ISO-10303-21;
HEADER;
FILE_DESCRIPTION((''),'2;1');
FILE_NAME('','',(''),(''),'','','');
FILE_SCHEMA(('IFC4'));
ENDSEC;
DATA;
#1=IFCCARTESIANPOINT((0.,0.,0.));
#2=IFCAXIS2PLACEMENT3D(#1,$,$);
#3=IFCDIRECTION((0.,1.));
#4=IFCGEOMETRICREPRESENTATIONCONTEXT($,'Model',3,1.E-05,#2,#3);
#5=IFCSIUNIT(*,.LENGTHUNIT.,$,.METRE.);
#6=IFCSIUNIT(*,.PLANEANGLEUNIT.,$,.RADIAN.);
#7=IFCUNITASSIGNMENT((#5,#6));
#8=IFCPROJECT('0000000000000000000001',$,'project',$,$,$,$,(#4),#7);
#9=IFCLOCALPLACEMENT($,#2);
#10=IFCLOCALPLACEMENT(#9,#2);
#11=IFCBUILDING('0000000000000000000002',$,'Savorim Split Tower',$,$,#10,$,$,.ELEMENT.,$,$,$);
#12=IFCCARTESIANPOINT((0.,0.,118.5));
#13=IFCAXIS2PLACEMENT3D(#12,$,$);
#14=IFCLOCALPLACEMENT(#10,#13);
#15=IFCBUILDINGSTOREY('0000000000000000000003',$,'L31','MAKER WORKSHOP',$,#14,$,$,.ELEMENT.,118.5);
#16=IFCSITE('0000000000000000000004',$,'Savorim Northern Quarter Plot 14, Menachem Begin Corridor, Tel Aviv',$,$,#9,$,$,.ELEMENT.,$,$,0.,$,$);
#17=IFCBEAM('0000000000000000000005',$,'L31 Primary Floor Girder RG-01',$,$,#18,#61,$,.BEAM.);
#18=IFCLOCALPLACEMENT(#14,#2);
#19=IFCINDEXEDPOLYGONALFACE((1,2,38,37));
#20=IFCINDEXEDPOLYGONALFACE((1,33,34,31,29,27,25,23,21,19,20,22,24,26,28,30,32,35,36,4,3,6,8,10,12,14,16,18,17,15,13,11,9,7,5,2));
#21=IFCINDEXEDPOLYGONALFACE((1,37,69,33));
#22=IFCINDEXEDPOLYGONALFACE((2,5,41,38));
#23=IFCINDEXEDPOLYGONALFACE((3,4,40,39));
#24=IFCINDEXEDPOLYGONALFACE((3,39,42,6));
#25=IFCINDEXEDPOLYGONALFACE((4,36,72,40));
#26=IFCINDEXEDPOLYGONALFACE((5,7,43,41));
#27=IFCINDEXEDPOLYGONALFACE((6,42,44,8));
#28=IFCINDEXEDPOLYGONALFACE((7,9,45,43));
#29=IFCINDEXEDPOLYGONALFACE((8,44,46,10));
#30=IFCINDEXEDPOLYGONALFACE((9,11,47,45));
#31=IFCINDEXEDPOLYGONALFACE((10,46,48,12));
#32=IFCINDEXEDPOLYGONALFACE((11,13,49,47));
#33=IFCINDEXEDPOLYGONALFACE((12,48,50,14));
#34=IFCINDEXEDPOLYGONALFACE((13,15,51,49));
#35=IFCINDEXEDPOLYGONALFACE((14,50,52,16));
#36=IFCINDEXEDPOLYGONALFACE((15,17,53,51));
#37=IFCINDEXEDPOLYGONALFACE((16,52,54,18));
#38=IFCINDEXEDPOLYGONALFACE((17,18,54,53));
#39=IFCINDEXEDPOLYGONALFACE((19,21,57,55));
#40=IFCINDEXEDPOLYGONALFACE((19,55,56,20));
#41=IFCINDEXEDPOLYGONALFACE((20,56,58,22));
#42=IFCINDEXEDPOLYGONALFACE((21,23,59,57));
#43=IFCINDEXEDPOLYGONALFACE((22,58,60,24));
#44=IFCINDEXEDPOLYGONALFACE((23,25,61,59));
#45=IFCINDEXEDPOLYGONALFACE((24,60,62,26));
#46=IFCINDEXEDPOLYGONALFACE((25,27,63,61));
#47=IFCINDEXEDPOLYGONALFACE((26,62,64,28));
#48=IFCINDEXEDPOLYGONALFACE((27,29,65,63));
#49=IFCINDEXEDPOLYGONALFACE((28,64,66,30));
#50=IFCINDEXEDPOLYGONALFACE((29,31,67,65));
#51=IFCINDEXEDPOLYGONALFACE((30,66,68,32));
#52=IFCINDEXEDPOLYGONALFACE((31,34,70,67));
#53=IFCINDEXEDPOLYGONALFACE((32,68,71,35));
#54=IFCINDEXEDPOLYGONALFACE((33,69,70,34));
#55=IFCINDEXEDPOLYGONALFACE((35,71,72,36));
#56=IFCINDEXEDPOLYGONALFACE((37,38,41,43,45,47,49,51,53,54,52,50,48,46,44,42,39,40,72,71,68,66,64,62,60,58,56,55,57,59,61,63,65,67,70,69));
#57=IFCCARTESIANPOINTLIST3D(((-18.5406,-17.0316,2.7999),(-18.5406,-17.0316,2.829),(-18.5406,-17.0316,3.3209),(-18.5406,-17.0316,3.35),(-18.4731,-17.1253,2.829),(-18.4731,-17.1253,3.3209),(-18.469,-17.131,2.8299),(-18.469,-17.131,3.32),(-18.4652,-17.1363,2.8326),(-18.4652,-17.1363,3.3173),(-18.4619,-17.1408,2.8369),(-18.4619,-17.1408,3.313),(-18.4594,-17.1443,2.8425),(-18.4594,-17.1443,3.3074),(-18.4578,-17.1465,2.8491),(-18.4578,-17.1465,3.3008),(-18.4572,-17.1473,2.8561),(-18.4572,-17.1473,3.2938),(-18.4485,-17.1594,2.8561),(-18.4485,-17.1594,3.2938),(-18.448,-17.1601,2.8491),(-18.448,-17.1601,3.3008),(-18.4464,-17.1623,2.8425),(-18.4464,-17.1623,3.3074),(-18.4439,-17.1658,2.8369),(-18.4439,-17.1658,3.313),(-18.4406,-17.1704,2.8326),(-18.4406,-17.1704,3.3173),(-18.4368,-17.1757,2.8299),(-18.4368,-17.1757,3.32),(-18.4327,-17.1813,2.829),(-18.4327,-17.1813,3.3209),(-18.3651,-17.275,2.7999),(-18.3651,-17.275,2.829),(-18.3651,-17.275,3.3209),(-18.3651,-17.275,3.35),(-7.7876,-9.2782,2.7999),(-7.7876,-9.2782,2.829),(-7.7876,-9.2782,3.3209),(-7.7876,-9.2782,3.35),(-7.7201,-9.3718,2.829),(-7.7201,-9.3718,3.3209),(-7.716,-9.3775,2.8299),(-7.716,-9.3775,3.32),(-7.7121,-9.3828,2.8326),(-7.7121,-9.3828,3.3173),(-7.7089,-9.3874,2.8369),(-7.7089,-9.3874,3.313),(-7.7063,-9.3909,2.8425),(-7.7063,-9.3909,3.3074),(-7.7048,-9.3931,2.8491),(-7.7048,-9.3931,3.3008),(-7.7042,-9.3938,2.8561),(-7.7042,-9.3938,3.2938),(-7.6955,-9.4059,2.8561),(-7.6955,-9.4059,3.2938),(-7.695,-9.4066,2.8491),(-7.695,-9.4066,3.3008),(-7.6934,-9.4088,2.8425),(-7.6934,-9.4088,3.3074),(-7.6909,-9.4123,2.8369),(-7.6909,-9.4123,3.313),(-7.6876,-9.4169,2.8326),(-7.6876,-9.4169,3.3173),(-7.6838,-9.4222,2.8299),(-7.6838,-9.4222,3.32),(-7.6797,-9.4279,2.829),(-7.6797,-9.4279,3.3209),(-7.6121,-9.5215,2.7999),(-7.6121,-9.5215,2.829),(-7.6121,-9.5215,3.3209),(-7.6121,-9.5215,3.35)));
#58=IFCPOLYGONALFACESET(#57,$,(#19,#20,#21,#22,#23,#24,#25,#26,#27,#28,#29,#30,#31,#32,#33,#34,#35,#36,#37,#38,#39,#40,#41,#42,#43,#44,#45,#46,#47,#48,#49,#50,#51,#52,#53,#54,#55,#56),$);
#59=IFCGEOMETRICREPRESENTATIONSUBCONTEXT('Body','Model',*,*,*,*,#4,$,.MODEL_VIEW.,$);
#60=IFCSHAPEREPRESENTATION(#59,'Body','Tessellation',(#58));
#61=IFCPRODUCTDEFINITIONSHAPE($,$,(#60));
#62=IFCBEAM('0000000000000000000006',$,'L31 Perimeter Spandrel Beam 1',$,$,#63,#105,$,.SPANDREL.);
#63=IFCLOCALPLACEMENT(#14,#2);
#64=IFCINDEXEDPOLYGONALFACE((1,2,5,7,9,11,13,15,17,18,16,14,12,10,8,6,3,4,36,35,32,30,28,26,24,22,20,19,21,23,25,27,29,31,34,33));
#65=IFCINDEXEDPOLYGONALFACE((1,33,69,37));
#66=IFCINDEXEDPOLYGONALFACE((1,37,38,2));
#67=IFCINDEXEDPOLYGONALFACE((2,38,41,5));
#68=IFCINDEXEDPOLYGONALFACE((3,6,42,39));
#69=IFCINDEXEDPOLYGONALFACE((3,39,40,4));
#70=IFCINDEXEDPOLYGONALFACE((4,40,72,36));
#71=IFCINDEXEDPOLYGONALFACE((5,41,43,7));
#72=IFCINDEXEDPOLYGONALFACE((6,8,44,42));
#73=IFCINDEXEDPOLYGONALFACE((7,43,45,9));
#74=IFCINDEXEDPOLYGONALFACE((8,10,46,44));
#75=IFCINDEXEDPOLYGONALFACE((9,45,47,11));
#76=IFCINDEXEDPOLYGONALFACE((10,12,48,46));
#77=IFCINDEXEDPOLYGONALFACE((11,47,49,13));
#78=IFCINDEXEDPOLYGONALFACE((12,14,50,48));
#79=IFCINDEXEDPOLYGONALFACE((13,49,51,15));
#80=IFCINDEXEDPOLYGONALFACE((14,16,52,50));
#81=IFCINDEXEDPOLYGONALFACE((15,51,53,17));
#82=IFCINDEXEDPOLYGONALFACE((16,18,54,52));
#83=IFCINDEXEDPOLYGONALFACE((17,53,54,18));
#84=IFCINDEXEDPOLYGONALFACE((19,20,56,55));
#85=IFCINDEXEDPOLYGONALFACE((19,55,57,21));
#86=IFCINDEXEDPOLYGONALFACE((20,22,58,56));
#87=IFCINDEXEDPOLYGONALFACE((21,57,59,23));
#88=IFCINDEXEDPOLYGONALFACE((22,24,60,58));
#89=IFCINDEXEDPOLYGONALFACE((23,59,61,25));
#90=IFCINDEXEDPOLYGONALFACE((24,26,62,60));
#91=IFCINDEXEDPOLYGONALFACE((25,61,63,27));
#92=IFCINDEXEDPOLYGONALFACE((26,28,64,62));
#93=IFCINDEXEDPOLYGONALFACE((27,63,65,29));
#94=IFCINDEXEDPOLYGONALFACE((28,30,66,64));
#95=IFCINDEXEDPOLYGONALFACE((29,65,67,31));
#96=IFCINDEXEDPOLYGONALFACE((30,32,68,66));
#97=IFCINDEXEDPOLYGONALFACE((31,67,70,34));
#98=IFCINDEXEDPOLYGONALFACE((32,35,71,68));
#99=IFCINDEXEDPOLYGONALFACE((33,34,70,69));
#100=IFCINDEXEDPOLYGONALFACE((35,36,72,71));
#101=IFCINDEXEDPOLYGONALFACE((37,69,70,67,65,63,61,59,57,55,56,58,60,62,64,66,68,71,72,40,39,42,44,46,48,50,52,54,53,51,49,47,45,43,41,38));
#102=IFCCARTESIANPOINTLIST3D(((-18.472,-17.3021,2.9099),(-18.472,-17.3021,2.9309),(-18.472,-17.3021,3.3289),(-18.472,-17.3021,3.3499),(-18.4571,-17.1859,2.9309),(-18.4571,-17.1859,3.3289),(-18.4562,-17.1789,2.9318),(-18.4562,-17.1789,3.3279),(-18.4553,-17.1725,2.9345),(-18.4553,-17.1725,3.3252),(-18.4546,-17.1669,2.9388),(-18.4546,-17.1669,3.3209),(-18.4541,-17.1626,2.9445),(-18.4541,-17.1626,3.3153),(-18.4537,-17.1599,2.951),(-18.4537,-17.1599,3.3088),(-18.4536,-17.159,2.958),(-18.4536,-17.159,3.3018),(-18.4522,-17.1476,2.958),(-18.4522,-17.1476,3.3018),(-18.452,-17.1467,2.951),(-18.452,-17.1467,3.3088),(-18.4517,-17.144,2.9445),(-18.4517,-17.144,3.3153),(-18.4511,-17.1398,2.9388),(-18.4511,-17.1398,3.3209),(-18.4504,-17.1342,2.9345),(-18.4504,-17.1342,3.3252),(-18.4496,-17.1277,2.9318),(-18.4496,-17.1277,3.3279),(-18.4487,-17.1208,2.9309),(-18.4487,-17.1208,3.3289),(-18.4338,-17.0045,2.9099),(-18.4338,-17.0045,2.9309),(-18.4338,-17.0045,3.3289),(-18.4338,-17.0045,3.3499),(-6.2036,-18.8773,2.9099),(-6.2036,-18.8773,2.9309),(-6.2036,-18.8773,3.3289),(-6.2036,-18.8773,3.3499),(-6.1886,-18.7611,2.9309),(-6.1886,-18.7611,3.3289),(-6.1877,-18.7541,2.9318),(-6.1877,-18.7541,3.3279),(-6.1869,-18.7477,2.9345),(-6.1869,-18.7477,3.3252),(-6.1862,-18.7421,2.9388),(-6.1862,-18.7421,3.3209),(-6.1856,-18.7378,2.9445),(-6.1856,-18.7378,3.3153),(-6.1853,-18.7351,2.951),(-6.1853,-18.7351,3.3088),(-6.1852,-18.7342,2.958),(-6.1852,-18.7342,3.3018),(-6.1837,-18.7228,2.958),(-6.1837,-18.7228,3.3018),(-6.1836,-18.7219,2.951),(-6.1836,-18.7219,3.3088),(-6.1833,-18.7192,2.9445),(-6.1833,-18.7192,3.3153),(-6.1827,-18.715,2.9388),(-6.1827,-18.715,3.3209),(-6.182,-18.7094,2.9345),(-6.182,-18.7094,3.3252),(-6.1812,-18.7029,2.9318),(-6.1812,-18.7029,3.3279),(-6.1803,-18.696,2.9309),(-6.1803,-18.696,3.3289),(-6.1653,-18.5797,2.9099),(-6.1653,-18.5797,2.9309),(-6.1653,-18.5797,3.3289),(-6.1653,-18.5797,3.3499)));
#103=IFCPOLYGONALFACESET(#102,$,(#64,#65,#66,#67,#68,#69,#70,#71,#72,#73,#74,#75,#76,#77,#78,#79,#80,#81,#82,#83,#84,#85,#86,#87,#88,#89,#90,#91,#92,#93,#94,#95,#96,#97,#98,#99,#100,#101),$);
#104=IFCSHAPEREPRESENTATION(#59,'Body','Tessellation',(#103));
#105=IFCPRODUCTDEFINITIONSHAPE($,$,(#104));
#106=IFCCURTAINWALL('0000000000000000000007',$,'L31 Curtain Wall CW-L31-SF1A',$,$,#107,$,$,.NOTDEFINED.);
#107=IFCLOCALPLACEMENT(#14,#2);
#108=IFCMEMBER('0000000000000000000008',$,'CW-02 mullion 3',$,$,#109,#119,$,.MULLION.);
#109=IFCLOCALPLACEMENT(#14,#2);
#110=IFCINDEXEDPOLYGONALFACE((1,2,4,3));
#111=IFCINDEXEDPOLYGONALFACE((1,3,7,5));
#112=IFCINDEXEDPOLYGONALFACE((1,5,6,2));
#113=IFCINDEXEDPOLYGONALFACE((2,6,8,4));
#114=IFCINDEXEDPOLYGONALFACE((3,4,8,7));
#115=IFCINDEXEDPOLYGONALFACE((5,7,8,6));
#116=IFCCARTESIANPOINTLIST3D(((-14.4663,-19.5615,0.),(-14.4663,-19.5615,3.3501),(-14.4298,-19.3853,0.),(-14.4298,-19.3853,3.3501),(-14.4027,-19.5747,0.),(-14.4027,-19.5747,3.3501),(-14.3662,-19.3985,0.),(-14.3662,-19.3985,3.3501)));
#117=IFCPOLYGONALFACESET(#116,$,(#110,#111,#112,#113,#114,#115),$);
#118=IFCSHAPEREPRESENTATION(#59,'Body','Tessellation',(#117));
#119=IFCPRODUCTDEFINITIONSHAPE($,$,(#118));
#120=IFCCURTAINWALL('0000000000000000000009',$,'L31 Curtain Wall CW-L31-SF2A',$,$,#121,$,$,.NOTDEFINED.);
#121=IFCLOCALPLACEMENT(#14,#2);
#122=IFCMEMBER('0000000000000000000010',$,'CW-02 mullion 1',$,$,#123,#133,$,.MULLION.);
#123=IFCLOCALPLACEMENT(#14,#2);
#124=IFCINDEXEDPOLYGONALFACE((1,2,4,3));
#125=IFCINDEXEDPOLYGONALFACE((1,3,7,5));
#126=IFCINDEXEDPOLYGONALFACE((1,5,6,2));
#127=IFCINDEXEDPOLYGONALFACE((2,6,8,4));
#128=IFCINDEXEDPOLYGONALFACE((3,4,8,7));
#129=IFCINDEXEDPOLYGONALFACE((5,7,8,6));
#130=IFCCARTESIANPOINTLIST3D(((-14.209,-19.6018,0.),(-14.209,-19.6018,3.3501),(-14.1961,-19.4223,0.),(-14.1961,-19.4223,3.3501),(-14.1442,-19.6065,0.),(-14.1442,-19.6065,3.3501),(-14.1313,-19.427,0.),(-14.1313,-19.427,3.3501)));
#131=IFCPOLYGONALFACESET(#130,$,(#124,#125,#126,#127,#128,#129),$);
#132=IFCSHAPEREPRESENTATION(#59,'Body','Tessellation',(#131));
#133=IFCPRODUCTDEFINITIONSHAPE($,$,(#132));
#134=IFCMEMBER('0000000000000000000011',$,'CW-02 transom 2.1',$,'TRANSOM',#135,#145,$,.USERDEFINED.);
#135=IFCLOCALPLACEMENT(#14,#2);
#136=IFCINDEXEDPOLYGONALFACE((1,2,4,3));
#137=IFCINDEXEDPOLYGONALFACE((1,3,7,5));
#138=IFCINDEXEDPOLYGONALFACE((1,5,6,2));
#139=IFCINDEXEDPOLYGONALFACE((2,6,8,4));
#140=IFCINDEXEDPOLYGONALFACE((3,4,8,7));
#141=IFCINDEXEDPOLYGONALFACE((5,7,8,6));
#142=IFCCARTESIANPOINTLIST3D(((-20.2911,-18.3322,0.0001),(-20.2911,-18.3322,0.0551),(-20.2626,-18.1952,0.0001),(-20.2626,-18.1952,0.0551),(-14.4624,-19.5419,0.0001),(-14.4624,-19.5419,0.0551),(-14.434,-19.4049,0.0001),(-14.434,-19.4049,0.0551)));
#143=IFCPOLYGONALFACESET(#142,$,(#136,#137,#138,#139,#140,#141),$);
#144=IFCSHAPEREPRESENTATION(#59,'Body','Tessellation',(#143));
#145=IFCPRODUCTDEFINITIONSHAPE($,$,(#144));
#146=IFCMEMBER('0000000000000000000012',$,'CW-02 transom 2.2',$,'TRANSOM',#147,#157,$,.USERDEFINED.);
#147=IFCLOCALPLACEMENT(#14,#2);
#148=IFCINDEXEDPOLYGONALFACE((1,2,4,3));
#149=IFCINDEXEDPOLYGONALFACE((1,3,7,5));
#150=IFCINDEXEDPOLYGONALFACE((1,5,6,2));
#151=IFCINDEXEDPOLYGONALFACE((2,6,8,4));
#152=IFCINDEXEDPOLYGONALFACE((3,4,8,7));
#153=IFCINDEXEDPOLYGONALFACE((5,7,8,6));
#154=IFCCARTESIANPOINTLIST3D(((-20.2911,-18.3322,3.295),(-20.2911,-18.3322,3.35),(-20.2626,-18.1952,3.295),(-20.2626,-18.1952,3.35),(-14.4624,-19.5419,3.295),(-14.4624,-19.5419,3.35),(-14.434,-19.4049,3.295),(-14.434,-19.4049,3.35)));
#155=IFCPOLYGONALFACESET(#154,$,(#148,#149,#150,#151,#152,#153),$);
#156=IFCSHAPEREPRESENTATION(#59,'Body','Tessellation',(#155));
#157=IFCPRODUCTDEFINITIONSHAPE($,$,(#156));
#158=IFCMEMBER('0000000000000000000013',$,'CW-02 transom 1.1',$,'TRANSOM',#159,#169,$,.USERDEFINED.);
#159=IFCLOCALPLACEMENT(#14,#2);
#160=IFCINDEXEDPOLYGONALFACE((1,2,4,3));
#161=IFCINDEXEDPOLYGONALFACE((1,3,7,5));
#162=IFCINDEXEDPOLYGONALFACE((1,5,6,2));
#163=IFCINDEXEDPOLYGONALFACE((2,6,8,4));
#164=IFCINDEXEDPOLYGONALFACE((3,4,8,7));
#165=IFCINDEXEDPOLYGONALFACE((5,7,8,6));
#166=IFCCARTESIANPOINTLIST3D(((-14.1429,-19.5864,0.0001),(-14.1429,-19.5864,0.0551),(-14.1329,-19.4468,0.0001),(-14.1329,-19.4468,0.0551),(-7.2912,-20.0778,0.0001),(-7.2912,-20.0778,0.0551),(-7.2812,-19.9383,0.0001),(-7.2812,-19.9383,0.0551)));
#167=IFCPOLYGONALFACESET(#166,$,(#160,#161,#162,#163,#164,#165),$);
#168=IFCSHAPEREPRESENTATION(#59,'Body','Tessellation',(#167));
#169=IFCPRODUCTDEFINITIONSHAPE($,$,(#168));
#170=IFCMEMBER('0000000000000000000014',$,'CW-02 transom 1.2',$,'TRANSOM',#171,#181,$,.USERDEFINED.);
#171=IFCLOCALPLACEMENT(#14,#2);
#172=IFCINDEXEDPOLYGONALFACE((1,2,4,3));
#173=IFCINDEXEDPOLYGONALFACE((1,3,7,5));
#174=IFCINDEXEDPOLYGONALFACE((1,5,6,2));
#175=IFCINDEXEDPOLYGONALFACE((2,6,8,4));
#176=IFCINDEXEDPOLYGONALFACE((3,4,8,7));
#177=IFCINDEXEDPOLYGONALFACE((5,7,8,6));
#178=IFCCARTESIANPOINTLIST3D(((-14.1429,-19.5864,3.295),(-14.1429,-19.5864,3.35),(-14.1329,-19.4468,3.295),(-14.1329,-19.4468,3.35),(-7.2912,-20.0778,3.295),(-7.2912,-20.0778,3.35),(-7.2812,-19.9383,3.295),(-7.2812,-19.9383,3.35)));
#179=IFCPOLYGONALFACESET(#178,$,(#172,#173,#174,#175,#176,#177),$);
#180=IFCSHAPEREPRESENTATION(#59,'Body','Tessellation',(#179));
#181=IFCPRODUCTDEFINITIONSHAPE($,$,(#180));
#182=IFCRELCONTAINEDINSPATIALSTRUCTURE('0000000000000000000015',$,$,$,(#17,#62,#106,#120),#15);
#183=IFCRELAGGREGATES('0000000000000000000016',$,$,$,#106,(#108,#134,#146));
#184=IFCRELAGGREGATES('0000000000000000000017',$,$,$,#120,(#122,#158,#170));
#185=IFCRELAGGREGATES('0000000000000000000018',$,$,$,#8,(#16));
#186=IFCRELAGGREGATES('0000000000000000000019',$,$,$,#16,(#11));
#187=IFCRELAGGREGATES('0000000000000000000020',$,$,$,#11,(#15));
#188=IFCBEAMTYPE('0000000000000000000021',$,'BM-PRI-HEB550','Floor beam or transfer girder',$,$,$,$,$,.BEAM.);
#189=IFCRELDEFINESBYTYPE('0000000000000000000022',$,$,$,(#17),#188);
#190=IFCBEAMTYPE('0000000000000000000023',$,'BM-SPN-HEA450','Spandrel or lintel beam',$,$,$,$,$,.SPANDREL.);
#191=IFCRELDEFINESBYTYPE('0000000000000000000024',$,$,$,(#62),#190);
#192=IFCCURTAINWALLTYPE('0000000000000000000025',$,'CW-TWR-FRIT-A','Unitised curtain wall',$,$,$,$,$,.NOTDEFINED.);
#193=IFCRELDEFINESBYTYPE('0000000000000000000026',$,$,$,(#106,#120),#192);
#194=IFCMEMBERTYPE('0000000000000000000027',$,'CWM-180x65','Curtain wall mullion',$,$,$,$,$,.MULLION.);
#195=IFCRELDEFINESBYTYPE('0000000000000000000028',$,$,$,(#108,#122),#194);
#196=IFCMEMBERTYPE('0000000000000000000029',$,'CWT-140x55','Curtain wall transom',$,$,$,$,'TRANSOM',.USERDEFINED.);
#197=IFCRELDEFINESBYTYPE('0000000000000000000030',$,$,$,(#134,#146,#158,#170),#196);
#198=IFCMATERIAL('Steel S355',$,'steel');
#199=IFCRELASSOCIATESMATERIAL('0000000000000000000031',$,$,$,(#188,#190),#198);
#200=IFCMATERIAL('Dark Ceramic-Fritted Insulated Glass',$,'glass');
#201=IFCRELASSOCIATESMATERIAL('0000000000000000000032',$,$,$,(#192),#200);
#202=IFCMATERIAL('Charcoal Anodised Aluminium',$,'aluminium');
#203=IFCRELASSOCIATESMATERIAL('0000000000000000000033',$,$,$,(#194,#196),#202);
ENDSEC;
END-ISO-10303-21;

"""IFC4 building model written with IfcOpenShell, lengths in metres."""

from ifc_helpers import new_model, si_unit, direction, frame, origin, origin_2d, place, context, subcontext, project, spatial, rectangle, i_section, extrude, material, material_profile, profile_set, type_object, element, aggregate, save


model = new_model("IFC4")

# Units and contexts
model_context = context("Model", 3, precision=1e-05, world=origin(), true_north=direction((0.0, 1.0)))
body_context = subcontext(model_context, "Body", "Model", "MODEL_VIEW")
ifc_project = project(units=[si_unit("LENGTHUNIT", "METRE"), si_unit("PLANEANGLEUNIT", "RADIAN")], contexts=[model_context])

# Site, building, storey
site_placement = place(None, origin())
site = spatial("IfcSite", under=ifc_project, at=site_placement, Name="Savorim Northern Quarter Plot 14, Menachem Begin Corridor, Tel Aviv", CompositionType="ELEMENT", RefElevation=0.0)
building_placement = place(site_placement, origin())
building = spatial("IfcBuilding", under=site, at=building_placement, Name="Savorim Split Tower", CompositionType="ELEMENT")
storey_placement = place(building_placement, frame((0.0, 0.0, 118.5)))
storey = spatial("IfcBuildingStorey", under=building, at=storey_placement, Name="L31", Description="MAKER WORKSHOP", CompositionType="ELEMENT", Elevation=118.5)

# Beams
ifc_material_1 = material(Name="Steel S355", Category="steel")
ifc_material_profile_1 = material_profile(ifc_material_1, i_section(OverallWidth=0.3, OverallDepth=0.55, WebThickness=0.0149, FlangeThickness=0.0291, FilletRadius=0.0271, at=origin_2d()), Name="HEB 550")
ifc_profile_set_1 = profile_set([ifc_material_profile_1], Name="Steel S355")
beam_type_1 = type_object("IfcBeamType", Name="BM-PRI-HEB550", Description="Floor beam or transfer girder", PredefinedType="BEAM", material=ifc_profile_set_1)
beam_1_placement = place(storey_placement, frame((-18.4529, -17.1533, 3.075), z_axis=(0.81113, 0.584866, 0.0), x_axis=(-0.584866, 0.81113, 0.0)))
element("IfcBeam", 1, at=beam_1_placement, inside=storey, type_object=beam_type_1, Name="L31 Primary Floor Girder RG-01", PredefinedType="BEAM", context=body_context, shape_type="SweptSolid", body=[
    extrude(i_section(OverallWidth=0.3, OverallDepth=0.55, WebThickness=0.0149, FlangeThickness=0.0291, FilletRadius=0.0271, at=origin_2d()), origin(), (0.0, 0.0, 1.0), 13.2568),
])
ifc_material_profile_2 = material_profile(ifc_material_1, i_section(OverallWidth=0.3, OverallDepth=0.4399, WebThickness=0.0115, FlangeThickness=0.021, FilletRadius=0.0271, at=origin_2d()), Name="HEA 450")
ifc_profile_set_2 = profile_set([ifc_material_profile_2], Name="Steel S355")
beam_type_2 = type_object("IfcBeamType", Name="BM-SPN-HEA450", Description="Spandrel or lintel beam", PredefinedType="SPANDREL", material=ifc_profile_set_2)
beam_2_placement = place(storey_placement, frame((-18.4529, -17.1533, 3.1299), z_axis=(0.991858, -0.12735, 0.0), x_axis=(0.12735, 0.991858, 0.0)))
element("IfcBeam", 2, at=beam_2_placement, inside=storey, type_object=beam_type_2, Name="L31 Perimeter Spandrel Beam 1", PredefinedType="SPANDREL", context=body_context, shape_type="SweptSolid", body=[
    extrude(i_section(OverallWidth=0.3, OverallDepth=0.4399, WebThickness=0.0115, FlangeThickness=0.021, FilletRadius=0.0271, at=origin_2d()), origin(), (0.0, 0.0, 1.0), 12.3691),
])

# Curtain walls, members
ifc_material_2 = material(Name="Dark Ceramic-Fritted Insulated Glass", Category="glass")
curtain_wall_type = type_object("IfcCurtainWallType", Name="CW-TWR-FRIT-A", Description="Unitised curtain wall", PredefinedType="NOTDEFINED", material=ifc_material_2)
curtain_wall_1_placement = place(storey_placement, origin())
curtain_wall_1 = element("IfcCurtainWall", 3, at=curtain_wall_1_placement, inside=storey, type_object=curtain_wall_type, Name="L31 Curtain Wall CW-L31-SF1A", PredefinedType="NOTDEFINED")
ifc_material_3 = material(Name="Charcoal Anodised Aluminium", Category="aluminium")
ifc_material_profile_3 = material_profile(ifc_material_3, rectangle(XDim=0.1799, YDim=0.0649, at=origin_2d()), Name="ALU-M 180x65")
ifc_profile_set_3 = profile_set([ifc_material_profile_3], Name="Charcoal Anodised Aluminium")
member_type_1 = type_object("IfcMemberType", Name="CWM-180x65", Description="Curtain wall mullion", PredefinedType="MULLION", material=ifc_profile_set_3)
member_1_placement = place(storey_placement, frame((-14.4163, -19.48, 0.0), z_axis=(0.0, 0.0, 1.0), x_axis=(0.203216, 0.979134, 0.0)))
member_1 = element("IfcMember", 4, at=member_1_placement, type_object=member_type_1, Name="CW-02 mullion 3", PredefinedType="MULLION", context=body_context, shape_type="SweptSolid", body=[
    extrude(rectangle(XDim=0.1799, YDim=0.0649, at=origin_2d()), origin(), (0.0, 0.0, 1.0), 3.3501),
])
curtain_wall_2_placement = place(storey_placement, origin())
curtain_wall_2 = element("IfcCurtainWall", 5, at=curtain_wall_2_placement, inside=storey, type_object=curtain_wall_type, Name="L31 Curtain Wall CW-L31-SF2A", PredefinedType="NOTDEFINED")
member_2_placement = place(storey_placement, frame((-14.1702, -19.5144, 0.0), z_axis=(0.0, 0.0, 1.0), x_axis=(0.071549, 0.997437, 0.0)))
member_2 = element("IfcMember", 6, at=member_2_placement, type_object=member_type_1, Name="CW-02 mullion 1", PredefinedType="MULLION", context=body_context, shape_type="SweptSolid", body=[
    extrude(rectangle(XDim=0.1799, YDim=0.0649, at=origin_2d()), origin(), (0.0, 0.0, 1.0), 3.3501),
])

# Members
ifc_material_profile_4 = material_profile(ifc_material_3, rectangle(XDim=0.1399, YDim=0.0549, at=origin_2d()), Name="ALU-T 140x55")
ifc_profile_set_4 = profile_set([ifc_material_profile_4], Name="Charcoal Anodised Aluminium")
member_type_2 = type_object("IfcMemberType", Name="CWT-140x55", Description="Curtain wall transom", ElementType="TRANSOM", PredefinedType="USERDEFINED", material=ifc_profile_set_4)
member_3_placement = place(storey_placement, frame((-20.2769, -18.2637, 0.0276), z_axis=(0.979134, -0.203217, 0.0), x_axis=(0.203217, 0.979134, 0.0)))
member_3 = element("IfcMember", 7, at=member_3_placement, type_object=member_type_2, Name="CW-02 transom 2.1", ObjectType="TRANSOM", PredefinedType="USERDEFINED", context=body_context, shape_type="SweptSolid", body=[
    extrude(rectangle(XDim=0.1399, YDim=0.0549, at=origin_2d()), origin(), (0.0, 0.0, 1.0), 5.9529),
])
member_4_placement = place(storey_placement, frame((-20.2769, -18.2637, 3.3225), z_axis=(0.979134, -0.203217, 0.0), x_axis=(0.203217, 0.979134, 0.0)))
member_4 = element("IfcMember", 8, at=member_4_placement, type_object=member_type_2, Name="CW-02 transom 2.2", ObjectType="TRANSOM", PredefinedType="USERDEFINED", context=body_context, shape_type="SweptSolid", body=[
    extrude(rectangle(XDim=0.1399, YDim=0.0549, at=origin_2d()), origin(), (0.0, 0.0, 1.0), 5.9529),
])
member_5_placement = place(storey_placement, frame((-14.1379, -19.5166, 0.0276), z_axis=(0.997438, -0.071543, 0.0), x_axis=(0.071543, 0.997438, 0.0)))
member_5 = element("IfcMember", 9, at=member_5_placement, type_object=member_type_2, Name="CW-02 transom 1.1", ObjectType="TRANSOM", PredefinedType="USERDEFINED", context=body_context, shape_type="SweptSolid", body=[
    extrude(rectangle(XDim=0.1399, YDim=0.0549, at=origin_2d()), origin(), (0.0, 0.0, 1.0), 6.8694),
])
member_6_placement = place(storey_placement, frame((-14.1379, -19.5166, 3.3225), z_axis=(0.997438, -0.071543, 0.0), x_axis=(0.071543, 0.997438, 0.0)))
member_6 = element("IfcMember", 10, at=member_6_placement, type_object=member_type_2, Name="CW-02 transom 1.2", ObjectType="TRANSOM", PredefinedType="USERDEFINED", context=body_context, shape_type="SweptSolid", body=[
    extrude(rectangle(XDim=0.1399, YDim=0.0549, at=origin_2d()), origin(), (0.0, 0.0, 1.0), 6.8694),
])

aggregate(curtain_wall_1, [member_1, member_3, member_4])
aggregate(curtain_wall_2, [member_2, member_5, member_6])

save(model, "model.ifc")
